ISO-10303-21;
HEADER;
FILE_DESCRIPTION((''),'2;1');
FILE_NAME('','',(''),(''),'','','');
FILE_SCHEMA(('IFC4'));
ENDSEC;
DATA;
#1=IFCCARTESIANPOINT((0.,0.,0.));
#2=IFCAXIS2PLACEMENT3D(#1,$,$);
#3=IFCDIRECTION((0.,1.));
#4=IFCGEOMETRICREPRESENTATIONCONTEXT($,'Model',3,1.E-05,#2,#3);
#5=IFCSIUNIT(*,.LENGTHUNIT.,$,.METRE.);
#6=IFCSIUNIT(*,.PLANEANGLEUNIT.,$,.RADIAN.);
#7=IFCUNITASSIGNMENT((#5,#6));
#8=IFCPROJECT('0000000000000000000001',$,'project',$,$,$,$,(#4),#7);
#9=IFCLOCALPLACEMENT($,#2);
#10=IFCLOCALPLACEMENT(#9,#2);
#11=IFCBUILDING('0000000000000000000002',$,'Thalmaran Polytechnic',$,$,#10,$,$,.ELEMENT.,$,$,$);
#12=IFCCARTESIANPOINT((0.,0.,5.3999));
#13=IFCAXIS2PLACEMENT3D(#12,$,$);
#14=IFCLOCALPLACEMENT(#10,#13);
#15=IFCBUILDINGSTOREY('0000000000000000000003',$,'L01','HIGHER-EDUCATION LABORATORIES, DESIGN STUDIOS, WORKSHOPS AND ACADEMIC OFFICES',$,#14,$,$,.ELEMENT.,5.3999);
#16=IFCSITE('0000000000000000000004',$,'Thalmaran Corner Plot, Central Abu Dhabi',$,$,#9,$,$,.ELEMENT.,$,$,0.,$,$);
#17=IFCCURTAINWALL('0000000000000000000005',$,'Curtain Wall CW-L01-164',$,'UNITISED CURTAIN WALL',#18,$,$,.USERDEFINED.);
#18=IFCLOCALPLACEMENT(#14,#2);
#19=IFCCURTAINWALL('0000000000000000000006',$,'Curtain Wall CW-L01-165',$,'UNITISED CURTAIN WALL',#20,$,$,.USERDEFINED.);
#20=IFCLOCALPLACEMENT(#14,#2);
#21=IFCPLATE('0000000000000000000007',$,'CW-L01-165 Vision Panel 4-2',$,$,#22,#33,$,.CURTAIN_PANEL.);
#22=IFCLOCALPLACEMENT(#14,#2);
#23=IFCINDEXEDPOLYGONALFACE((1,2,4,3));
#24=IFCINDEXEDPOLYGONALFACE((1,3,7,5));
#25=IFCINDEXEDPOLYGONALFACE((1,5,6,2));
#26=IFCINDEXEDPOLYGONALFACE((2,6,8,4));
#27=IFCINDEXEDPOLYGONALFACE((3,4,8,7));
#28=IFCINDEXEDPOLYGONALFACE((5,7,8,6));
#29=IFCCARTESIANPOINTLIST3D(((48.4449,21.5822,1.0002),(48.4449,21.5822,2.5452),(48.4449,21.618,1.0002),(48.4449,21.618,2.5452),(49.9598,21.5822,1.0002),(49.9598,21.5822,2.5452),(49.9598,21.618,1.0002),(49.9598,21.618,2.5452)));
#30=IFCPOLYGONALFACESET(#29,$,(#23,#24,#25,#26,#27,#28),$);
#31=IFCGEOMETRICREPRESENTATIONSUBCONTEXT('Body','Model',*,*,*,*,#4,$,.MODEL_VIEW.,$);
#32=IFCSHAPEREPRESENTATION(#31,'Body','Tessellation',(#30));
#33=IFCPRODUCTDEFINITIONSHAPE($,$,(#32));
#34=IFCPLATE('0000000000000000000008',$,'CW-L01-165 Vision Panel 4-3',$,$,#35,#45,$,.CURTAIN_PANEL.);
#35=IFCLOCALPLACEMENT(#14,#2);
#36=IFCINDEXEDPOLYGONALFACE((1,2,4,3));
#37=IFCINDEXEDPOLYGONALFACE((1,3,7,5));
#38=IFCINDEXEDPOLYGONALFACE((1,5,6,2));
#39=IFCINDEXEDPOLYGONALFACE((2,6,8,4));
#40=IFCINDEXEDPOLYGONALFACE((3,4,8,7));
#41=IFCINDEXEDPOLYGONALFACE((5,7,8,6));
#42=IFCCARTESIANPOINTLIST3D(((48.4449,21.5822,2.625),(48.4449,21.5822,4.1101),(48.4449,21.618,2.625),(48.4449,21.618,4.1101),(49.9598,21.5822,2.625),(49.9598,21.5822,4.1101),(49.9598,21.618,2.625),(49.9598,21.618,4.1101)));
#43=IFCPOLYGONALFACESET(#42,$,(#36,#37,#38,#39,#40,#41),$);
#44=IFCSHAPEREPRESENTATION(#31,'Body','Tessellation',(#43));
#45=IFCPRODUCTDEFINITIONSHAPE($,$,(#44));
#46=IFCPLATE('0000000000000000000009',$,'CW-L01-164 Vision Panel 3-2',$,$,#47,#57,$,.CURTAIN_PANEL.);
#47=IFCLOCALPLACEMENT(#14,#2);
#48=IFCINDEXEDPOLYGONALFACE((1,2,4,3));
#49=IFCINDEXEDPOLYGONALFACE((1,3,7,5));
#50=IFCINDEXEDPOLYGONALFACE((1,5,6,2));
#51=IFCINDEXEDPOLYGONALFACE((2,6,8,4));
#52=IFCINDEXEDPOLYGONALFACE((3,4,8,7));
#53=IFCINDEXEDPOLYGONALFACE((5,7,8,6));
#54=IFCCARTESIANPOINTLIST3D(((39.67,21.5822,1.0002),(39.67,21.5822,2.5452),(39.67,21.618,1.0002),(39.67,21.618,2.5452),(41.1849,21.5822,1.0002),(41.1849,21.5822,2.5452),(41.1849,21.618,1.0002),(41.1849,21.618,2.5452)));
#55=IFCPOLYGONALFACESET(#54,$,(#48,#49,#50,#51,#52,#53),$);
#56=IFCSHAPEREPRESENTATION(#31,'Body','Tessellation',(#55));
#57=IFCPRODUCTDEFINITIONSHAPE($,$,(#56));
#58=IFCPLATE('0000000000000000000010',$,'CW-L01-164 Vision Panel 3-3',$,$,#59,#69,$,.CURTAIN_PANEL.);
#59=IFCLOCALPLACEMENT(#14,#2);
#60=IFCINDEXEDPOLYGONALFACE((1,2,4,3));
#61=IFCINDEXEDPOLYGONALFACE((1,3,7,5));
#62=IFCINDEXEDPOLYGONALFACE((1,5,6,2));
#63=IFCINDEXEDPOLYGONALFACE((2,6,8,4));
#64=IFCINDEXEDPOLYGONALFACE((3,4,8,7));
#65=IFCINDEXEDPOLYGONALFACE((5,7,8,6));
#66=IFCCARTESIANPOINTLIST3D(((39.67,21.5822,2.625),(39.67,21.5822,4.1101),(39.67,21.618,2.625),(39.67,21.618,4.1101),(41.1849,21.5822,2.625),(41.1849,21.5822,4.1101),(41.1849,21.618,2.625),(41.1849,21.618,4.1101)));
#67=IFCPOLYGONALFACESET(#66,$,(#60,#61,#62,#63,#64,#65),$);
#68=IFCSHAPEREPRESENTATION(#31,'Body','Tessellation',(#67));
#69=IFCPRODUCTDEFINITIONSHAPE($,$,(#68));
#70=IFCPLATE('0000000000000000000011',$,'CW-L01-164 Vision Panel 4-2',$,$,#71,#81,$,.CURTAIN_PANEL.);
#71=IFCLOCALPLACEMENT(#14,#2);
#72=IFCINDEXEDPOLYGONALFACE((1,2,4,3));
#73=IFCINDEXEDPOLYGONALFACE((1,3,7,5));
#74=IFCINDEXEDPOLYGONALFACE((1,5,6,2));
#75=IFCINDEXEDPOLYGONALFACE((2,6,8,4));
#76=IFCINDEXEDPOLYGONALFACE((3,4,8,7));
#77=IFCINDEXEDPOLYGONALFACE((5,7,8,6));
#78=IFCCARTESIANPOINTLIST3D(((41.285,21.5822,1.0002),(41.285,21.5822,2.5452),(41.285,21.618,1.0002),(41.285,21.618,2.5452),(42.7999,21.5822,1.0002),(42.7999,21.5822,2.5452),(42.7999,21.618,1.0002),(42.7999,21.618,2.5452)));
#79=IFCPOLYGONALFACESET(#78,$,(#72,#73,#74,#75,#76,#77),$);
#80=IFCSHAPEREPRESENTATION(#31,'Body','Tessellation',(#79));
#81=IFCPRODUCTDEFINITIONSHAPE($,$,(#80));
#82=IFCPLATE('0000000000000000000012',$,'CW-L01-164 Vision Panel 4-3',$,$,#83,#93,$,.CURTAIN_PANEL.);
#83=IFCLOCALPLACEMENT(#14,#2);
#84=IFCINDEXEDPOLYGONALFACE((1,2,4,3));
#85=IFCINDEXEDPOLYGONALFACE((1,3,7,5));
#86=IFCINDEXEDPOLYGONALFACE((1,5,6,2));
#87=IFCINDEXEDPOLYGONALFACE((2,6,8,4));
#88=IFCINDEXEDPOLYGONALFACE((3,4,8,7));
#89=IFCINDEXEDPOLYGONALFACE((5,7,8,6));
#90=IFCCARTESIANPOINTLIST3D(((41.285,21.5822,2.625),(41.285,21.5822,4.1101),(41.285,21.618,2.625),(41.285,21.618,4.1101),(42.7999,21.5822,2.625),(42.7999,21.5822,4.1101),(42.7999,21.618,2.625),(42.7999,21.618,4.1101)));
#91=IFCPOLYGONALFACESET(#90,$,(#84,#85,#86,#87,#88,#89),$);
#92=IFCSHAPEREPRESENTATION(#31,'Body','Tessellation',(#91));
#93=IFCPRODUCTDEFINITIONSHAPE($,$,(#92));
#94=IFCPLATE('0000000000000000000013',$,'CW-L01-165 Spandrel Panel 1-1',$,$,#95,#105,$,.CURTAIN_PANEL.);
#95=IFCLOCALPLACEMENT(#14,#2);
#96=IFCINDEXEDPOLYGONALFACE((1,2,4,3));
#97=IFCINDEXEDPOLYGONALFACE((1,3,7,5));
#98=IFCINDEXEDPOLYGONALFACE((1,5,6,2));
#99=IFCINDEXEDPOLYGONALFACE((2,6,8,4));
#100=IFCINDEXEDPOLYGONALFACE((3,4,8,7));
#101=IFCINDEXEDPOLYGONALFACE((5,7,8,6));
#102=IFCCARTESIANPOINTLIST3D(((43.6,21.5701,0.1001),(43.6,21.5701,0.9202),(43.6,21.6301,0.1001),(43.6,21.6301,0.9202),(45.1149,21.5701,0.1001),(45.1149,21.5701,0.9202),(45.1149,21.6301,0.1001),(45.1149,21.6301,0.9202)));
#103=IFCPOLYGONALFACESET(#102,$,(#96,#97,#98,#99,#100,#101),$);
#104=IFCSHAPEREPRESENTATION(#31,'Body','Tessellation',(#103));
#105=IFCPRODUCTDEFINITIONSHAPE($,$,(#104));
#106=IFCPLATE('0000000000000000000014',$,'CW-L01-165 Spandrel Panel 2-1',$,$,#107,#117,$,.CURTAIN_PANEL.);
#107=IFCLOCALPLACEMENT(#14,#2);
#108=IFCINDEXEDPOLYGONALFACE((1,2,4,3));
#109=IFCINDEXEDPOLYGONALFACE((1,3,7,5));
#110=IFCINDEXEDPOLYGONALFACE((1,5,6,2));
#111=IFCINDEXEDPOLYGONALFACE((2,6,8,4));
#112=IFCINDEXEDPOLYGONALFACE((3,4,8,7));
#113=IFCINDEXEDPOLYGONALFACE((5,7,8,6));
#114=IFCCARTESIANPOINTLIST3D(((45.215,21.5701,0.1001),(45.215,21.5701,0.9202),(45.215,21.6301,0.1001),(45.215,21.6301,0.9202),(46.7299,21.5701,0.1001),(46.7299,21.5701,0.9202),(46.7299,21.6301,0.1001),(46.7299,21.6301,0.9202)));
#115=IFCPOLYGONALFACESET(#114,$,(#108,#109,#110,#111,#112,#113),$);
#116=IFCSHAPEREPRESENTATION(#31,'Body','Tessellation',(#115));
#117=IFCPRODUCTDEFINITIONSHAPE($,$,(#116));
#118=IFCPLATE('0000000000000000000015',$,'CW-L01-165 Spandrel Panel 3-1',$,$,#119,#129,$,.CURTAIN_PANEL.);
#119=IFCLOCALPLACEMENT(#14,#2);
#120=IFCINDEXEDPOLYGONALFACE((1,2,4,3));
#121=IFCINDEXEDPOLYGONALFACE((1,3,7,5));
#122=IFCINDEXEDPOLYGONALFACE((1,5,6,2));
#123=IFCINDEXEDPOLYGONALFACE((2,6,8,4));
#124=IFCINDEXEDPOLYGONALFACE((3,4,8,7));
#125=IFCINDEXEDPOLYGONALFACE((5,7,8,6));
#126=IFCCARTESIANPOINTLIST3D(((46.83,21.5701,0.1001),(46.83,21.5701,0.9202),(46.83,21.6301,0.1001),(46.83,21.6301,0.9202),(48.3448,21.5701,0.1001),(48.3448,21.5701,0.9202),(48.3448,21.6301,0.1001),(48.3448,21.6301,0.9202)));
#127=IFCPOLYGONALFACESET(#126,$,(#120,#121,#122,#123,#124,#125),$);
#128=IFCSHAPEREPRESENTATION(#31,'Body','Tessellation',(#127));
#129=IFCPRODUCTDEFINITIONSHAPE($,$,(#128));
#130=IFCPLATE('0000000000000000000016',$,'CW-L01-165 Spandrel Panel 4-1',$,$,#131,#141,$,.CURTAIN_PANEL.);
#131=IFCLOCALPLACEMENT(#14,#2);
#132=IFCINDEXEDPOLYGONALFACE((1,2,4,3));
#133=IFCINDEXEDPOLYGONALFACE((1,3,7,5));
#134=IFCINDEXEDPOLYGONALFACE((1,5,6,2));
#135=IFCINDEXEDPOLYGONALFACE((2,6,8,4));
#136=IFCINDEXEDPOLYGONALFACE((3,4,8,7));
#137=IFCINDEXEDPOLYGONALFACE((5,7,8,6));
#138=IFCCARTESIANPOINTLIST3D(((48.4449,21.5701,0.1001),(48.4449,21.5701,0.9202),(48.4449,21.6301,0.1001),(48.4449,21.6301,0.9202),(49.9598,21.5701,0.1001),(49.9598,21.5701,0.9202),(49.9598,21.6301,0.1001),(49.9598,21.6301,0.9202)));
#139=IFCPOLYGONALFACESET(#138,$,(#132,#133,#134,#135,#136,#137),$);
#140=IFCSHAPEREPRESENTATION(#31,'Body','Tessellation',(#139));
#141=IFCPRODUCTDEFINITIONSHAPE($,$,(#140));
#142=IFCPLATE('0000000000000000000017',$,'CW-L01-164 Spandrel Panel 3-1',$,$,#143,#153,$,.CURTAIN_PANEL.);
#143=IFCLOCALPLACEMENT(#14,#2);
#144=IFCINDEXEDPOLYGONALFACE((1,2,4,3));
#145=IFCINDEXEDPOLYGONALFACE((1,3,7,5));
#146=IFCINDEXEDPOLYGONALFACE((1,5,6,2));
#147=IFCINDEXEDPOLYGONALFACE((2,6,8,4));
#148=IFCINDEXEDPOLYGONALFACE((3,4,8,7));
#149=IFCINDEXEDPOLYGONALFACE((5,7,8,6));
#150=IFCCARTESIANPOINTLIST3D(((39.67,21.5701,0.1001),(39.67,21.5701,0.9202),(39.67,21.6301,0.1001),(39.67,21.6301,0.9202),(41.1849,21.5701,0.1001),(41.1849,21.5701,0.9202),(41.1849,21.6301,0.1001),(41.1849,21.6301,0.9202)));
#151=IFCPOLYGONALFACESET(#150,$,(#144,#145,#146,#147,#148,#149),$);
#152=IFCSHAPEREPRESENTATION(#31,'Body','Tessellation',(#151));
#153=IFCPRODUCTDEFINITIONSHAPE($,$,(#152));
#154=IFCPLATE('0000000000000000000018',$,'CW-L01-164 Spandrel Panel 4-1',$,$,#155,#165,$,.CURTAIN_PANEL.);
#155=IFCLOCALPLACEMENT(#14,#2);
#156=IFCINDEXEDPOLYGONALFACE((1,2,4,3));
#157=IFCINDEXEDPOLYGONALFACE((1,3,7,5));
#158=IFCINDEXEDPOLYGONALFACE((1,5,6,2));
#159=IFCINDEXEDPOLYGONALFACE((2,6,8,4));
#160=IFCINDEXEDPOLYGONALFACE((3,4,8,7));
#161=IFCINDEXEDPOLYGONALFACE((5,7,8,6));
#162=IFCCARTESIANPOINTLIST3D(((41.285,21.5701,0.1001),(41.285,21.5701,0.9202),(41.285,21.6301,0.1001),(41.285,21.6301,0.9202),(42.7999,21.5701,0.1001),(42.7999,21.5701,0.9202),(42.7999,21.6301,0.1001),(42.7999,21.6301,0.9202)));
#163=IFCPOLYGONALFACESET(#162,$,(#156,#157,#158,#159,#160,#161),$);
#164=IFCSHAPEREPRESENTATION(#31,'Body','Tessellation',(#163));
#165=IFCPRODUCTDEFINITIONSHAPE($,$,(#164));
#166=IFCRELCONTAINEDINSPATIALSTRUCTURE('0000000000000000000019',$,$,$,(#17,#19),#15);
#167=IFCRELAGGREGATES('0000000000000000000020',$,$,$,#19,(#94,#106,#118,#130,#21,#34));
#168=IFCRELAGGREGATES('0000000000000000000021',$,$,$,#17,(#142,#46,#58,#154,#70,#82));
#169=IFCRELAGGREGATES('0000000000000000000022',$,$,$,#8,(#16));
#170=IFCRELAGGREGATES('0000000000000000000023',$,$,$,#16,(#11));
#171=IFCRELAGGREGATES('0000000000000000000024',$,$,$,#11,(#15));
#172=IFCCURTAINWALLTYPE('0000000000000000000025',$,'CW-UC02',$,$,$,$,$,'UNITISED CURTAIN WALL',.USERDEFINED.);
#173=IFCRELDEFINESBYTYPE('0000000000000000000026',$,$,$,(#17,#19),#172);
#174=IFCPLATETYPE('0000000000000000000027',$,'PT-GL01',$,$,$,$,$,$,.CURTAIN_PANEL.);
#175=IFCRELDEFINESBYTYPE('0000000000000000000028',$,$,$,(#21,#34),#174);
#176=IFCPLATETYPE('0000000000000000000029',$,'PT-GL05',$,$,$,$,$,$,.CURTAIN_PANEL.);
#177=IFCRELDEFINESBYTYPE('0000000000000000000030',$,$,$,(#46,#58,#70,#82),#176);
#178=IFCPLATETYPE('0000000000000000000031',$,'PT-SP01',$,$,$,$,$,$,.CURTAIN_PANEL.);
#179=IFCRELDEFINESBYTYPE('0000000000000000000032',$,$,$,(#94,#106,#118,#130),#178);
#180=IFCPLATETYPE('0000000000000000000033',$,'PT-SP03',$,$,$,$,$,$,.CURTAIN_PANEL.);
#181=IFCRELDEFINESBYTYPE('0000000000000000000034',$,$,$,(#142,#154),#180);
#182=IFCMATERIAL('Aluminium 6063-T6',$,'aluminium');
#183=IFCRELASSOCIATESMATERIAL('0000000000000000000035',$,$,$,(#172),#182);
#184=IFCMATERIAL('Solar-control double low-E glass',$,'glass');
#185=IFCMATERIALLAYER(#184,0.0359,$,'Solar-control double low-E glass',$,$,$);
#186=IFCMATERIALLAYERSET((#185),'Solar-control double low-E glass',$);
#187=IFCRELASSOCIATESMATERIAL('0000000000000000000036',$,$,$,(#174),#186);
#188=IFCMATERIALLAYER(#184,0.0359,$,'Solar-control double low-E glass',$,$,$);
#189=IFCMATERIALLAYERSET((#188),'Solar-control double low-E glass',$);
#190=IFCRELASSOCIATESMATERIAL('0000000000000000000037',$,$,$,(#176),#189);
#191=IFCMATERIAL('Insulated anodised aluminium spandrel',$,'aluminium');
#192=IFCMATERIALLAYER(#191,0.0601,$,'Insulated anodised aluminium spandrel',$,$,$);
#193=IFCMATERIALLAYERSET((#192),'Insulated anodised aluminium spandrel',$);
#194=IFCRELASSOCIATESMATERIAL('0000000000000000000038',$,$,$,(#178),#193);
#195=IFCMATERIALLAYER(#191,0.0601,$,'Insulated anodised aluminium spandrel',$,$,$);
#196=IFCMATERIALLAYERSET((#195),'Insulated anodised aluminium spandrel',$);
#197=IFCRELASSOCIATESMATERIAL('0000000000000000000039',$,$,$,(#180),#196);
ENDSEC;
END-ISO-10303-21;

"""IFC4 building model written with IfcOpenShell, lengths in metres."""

from ifc_helpers import new_model, si_unit, direction, frame, origin, origin_2d, place, context, subcontext, project, spatial, rectangle, extrude, material, layer, layer_set, type_object, element, aggregate, save


model = new_model("IFC4")

# Units and contexts
model_context = context("Model", 3, precision=1e-05, world=origin(), true_north=direction((0.0, 1.0)))
body_context = subcontext(model_context, "Body", "Model", "MODEL_VIEW")
ifc_project = project(units=[si_unit("LENGTHUNIT", "METRE"), si_unit("PLANEANGLEUNIT", "RADIAN")], contexts=[model_context])

# Site, building, storey
site_placement = place(None, origin())
site = spatial("IfcSite", under=ifc_project, at=site_placement, Name="Thalmaran Corner Plot, Central Abu Dhabi", CompositionType="ELEMENT", RefElevation=0.0)
building_placement = place(site_placement, origin())
building = spatial("IfcBuilding", under=site, at=building_placement, Name="Thalmaran Polytechnic", CompositionType="ELEMENT")
storey_placement = place(building_placement, frame((0.0, 0.0, 5.3999)))
storey = spatial("IfcBuildingStorey", under=building, at=storey_placement, Name="L01", Description="HIGHER-EDUCATION LABORATORIES, DESIGN STUDIOS, WORKSHOPS AND ACADEMIC OFFICES", CompositionType="ELEMENT", Elevation=5.3999)

# Curtain walls
ifc_material_1 = material(Name="Aluminium 6063-T6", Category="aluminium")
curtain_wall_type = type_object("IfcCurtainWallType", Name="CW-UC02", ElementType="UNITISED CURTAIN WALL", PredefinedType="USERDEFINED", material=ifc_material_1)
curtain_wall_1_placement = place(storey_placement, origin())
curtain_wall_1 = element("IfcCurtainWall", 1, at=curtain_wall_1_placement, inside=storey, type_object=curtain_wall_type, Name="Curtain Wall CW-L01-164", ObjectType="UNITISED CURTAIN WALL", PredefinedType="USERDEFINED")
curtain_wall_2_placement = place(storey_placement, origin())
curtain_wall_2 = element("IfcCurtainWall", 2, at=curtain_wall_2_placement, inside=storey, type_object=curtain_wall_type, Name="Curtain Wall CW-L01-165", ObjectType="UNITISED CURTAIN WALL", PredefinedType="USERDEFINED")

# Plates
ifc_material_2 = material(Name="Solar-control double low-E glass", Category="glass")
ifc_layer_1 = layer(ifc_material_2, 0.0359, Name="Solar-control double low-E glass")
ifc_layer_set_1 = layer_set([ifc_layer_1], Name="Solar-control double low-E glass")
plate_type_1 = type_object("IfcPlateType", Name="PT-GL01", PredefinedType="CURTAIN_PANEL", material=ifc_layer_set_1)
plate_1_placement = place(storey_placement, frame((49.2024, 21.6001, 1.0002), z_axis=(0.0, 0.0, 1.0), x_axis=(1.0, 0.0, 0.0)))
plate_1 = element("IfcPlate", 3, at=plate_1_placement, type_object=plate_type_1, Name="CW-L01-165 Vision Panel 4-2", PredefinedType="CURTAIN_PANEL", context=body_context, shape_type="SweptSolid", body=[
    extrude(rectangle(XDim=1.5149, YDim=0.0359, at=origin_2d()), origin(), (0.0, 0.0, 1.0), 1.5449),
])
plate_2_placement = place(storey_placement, frame((49.2024, 21.6001, 2.625), z_axis=(0.0, 0.0, 1.0), x_axis=(1.0, 0.0, 0.0)))
plate_2 = element("IfcPlate", 4, at=plate_2_placement, type_object=plate_type_1, Name="CW-L01-165 Vision Panel 4-3", PredefinedType="CURTAIN_PANEL", context=body_context, shape_type="SweptSolid", body=[
    extrude(rectangle(XDim=1.5149, YDim=0.0359, at=origin_2d()), origin(), (0.0, 0.0, 1.0), 1.4851),
])
ifc_layer_2 = layer(ifc_material_2, 0.0359, Name="Solar-control double low-E glass")
ifc_layer_set_2 = layer_set([ifc_layer_2], Name="Solar-control double low-E glass")
plate_type_2 = type_object("IfcPlateType", Name="PT-GL05", PredefinedType="CURTAIN_PANEL", material=ifc_layer_set_2)
plate_3_placement = place(storey_placement, frame((40.4275, 21.6001, 1.0002), z_axis=(0.0, 0.0, 1.0), x_axis=(1.0, 0.0, 0.0)))
plate_3 = element("IfcPlate", 5, at=plate_3_placement, type_object=plate_type_2, Name="CW-L01-164 Vision Panel 3-2", PredefinedType="CURTAIN_PANEL", context=body_context, shape_type="SweptSolid", body=[
    extrude(rectangle(XDim=1.5149, YDim=0.0359, at=origin_2d()), origin(), (0.0, 0.0, 1.0), 1.5449),
])
plate_4_placement = place(storey_placement, frame((40.4275, 21.6001, 2.625), z_axis=(0.0, 0.0, 1.0), x_axis=(1.0, 0.0, 0.0)))
plate_4 = element("IfcPlate", 6, at=plate_4_placement, type_object=plate_type_2, Name="CW-L01-164 Vision Panel 3-3", PredefinedType="CURTAIN_PANEL", context=body_context, shape_type="SweptSolid", body=[
    extrude(rectangle(XDim=1.5149, YDim=0.0359, at=origin_2d()), origin(), (0.0, 0.0, 1.0), 1.4851),
])
plate_5_placement = place(storey_placement, frame((42.0425, 21.6001, 1.0002), z_axis=(0.0, 0.0, 1.0), x_axis=(1.0, 0.0, 0.0)))
plate_5 = element("IfcPlate", 7, at=plate_5_placement, type_object=plate_type_2, Name="CW-L01-164 Vision Panel 4-2", PredefinedType="CURTAIN_PANEL", context=body_context, shape_type="SweptSolid", body=[
    extrude(rectangle(XDim=1.5149, YDim=0.0359, at=origin_2d()), origin(), (0.0, 0.0, 1.0), 1.5449),
])
plate_6_placement = place(storey_placement, frame((42.0425, 21.6001, 2.625), z_axis=(0.0, 0.0, 1.0), x_axis=(1.0, 0.0, 0.0)))
plate_6 = element("IfcPlate", 8, at=plate_6_placement, type_object=plate_type_2, Name="CW-L01-164 Vision Panel 4-3", PredefinedType="CURTAIN_PANEL", context=body_context, shape_type="SweptSolid", body=[
    extrude(rectangle(XDim=1.5149, YDim=0.0359, at=origin_2d()), origin(), (0.0, 0.0, 1.0), 1.4851),
])
ifc_material_3 = material(Name="Insulated anodised aluminium spandrel", Category="aluminium")
ifc_layer_3 = layer(ifc_material_3, 0.0601, Name="Insulated anodised aluminium spandrel")
ifc_layer_set_3 = layer_set([ifc_layer_3], Name="Insulated anodised aluminium spandrel")
plate_type_3 = type_object("IfcPlateType", Name="PT-SP01", PredefinedType="CURTAIN_PANEL", material=ifc_layer_set_3)
plate_7_placement = place(storey_placement, frame((44.3574, 21.6001, 0.1001), z_axis=(0.0, 0.0, 1.0), x_axis=(1.0, 0.0, 0.0)))
plate_7 = element("IfcPlate", 9, at=plate_7_placement, type_object=plate_type_3, Name="CW-L01-165 Spandrel Panel 1-1", PredefinedType="CURTAIN_PANEL", context=body_context, shape_type="SweptSolid", body=[
    extrude(rectangle(XDim=1.5149, YDim=0.0601, at=origin_2d()), origin(), (0.0, 0.0, 1.0), 0.8201),
])
plate_8_placement = place(storey_placement, frame((45.9724, 21.6001, 0.1001), z_axis=(0.0, 0.0, 1.0), x_axis=(1.0, 0.0, 0.0)))
plate_8 = element("IfcPlate", 10, at=plate_8_placement, type_object=plate_type_3, Name="CW-L01-165 Spandrel Panel 2-1", PredefinedType="CURTAIN_PANEL", context=body_context, shape_type="SweptSolid", body=[
    extrude(rectangle(XDim=1.5149, YDim=0.0601, at=origin_2d()), origin(), (0.0, 0.0, 1.0), 0.8201),
])
plate_9_placement = place(storey_placement, frame((47.5874, 21.6001, 0.1001), z_axis=(0.0, 0.0, 1.0), x_axis=(1.0, 0.0, 0.0)))
plate_9 = element("IfcPlate", 11, at=plate_9_placement, type_object=plate_type_3, Name="CW-L01-165 Spandrel Panel 3-1", PredefinedType="CURTAIN_PANEL", context=body_context, shape_type="SweptSolid", body=[
    extrude(rectangle(XDim=1.5149, YDim=0.0601, at=origin_2d()), origin(), (0.0, 0.0, 1.0), 0.8201),
])
plate_10_placement = place(storey_placement, frame((49.2024, 21.6001, 0.1001), z_axis=(0.0, 0.0, 1.0), x_axis=(1.0, 0.0, 0.0)))
plate_10 = element("IfcPlate", 12, at=plate_10_placement, type_object=plate_type_3, Name="CW-L01-165 Spandrel Panel 4-1", PredefinedType="CURTAIN_PANEL", context=body_context, shape_type="SweptSolid", body=[
    extrude(rectangle(XDim=1.5149, YDim=0.0601, at=origin_2d()), origin(), (0.0, 0.0, 1.0), 0.8201),
])
aggregate(curtain_wall_2, [plate_7, plate_8, plate_9, plate_10, plate_1, plate_2])
ifc_layer_4 = layer(ifc_material_3, 0.0601, Name="Insulated anodised aluminium spandrel")
ifc_layer_set_4 = layer_set([ifc_layer_4], Name="Insulated anodised aluminium spandrel")
plate_type_4 = type_object("IfcPlateType", Name="PT-SP03", PredefinedType="CURTAIN_PANEL", material=ifc_layer_set_4)
plate_11_placement = place(storey_placement, frame((40.4275, 21.6001, 0.1001), z_axis=(0.0, 0.0, 1.0), x_axis=(1.0, 0.0, 0.0)))
plate_11 = element("IfcPlate", 13, at=plate_11_placement, type_object=plate_type_4, Name="CW-L01-164 Spandrel Panel 3-1", PredefinedType="CURTAIN_PANEL", context=body_context, shape_type="SweptSolid", body=[
    extrude(rectangle(XDim=1.5149, YDim=0.0601, at=origin_2d()), origin(), (0.0, 0.0, 1.0), 0.8201),
])
plate_12_placement = place(storey_placement, frame((42.0425, 21.6001, 0.1001), z_axis=(0.0, 0.0, 1.0), x_axis=(1.0, 0.0, 0.0)))
plate_12 = element("IfcPlate", 14, at=plate_12_placement, type_object=plate_type_4, Name="CW-L01-164 Spandrel Panel 4-1", PredefinedType="CURTAIN_PANEL", context=body_context, shape_type="SweptSolid", body=[
    extrude(rectangle(XDim=1.5149, YDim=0.0601, at=origin_2d()), origin(), (0.0, 0.0, 1.0), 0.8201),
])
aggregate(curtain_wall_1, [plate_11, plate_3, plate_4, plate_12, plate_5, plate_6])

save(model, "model.ifc")
